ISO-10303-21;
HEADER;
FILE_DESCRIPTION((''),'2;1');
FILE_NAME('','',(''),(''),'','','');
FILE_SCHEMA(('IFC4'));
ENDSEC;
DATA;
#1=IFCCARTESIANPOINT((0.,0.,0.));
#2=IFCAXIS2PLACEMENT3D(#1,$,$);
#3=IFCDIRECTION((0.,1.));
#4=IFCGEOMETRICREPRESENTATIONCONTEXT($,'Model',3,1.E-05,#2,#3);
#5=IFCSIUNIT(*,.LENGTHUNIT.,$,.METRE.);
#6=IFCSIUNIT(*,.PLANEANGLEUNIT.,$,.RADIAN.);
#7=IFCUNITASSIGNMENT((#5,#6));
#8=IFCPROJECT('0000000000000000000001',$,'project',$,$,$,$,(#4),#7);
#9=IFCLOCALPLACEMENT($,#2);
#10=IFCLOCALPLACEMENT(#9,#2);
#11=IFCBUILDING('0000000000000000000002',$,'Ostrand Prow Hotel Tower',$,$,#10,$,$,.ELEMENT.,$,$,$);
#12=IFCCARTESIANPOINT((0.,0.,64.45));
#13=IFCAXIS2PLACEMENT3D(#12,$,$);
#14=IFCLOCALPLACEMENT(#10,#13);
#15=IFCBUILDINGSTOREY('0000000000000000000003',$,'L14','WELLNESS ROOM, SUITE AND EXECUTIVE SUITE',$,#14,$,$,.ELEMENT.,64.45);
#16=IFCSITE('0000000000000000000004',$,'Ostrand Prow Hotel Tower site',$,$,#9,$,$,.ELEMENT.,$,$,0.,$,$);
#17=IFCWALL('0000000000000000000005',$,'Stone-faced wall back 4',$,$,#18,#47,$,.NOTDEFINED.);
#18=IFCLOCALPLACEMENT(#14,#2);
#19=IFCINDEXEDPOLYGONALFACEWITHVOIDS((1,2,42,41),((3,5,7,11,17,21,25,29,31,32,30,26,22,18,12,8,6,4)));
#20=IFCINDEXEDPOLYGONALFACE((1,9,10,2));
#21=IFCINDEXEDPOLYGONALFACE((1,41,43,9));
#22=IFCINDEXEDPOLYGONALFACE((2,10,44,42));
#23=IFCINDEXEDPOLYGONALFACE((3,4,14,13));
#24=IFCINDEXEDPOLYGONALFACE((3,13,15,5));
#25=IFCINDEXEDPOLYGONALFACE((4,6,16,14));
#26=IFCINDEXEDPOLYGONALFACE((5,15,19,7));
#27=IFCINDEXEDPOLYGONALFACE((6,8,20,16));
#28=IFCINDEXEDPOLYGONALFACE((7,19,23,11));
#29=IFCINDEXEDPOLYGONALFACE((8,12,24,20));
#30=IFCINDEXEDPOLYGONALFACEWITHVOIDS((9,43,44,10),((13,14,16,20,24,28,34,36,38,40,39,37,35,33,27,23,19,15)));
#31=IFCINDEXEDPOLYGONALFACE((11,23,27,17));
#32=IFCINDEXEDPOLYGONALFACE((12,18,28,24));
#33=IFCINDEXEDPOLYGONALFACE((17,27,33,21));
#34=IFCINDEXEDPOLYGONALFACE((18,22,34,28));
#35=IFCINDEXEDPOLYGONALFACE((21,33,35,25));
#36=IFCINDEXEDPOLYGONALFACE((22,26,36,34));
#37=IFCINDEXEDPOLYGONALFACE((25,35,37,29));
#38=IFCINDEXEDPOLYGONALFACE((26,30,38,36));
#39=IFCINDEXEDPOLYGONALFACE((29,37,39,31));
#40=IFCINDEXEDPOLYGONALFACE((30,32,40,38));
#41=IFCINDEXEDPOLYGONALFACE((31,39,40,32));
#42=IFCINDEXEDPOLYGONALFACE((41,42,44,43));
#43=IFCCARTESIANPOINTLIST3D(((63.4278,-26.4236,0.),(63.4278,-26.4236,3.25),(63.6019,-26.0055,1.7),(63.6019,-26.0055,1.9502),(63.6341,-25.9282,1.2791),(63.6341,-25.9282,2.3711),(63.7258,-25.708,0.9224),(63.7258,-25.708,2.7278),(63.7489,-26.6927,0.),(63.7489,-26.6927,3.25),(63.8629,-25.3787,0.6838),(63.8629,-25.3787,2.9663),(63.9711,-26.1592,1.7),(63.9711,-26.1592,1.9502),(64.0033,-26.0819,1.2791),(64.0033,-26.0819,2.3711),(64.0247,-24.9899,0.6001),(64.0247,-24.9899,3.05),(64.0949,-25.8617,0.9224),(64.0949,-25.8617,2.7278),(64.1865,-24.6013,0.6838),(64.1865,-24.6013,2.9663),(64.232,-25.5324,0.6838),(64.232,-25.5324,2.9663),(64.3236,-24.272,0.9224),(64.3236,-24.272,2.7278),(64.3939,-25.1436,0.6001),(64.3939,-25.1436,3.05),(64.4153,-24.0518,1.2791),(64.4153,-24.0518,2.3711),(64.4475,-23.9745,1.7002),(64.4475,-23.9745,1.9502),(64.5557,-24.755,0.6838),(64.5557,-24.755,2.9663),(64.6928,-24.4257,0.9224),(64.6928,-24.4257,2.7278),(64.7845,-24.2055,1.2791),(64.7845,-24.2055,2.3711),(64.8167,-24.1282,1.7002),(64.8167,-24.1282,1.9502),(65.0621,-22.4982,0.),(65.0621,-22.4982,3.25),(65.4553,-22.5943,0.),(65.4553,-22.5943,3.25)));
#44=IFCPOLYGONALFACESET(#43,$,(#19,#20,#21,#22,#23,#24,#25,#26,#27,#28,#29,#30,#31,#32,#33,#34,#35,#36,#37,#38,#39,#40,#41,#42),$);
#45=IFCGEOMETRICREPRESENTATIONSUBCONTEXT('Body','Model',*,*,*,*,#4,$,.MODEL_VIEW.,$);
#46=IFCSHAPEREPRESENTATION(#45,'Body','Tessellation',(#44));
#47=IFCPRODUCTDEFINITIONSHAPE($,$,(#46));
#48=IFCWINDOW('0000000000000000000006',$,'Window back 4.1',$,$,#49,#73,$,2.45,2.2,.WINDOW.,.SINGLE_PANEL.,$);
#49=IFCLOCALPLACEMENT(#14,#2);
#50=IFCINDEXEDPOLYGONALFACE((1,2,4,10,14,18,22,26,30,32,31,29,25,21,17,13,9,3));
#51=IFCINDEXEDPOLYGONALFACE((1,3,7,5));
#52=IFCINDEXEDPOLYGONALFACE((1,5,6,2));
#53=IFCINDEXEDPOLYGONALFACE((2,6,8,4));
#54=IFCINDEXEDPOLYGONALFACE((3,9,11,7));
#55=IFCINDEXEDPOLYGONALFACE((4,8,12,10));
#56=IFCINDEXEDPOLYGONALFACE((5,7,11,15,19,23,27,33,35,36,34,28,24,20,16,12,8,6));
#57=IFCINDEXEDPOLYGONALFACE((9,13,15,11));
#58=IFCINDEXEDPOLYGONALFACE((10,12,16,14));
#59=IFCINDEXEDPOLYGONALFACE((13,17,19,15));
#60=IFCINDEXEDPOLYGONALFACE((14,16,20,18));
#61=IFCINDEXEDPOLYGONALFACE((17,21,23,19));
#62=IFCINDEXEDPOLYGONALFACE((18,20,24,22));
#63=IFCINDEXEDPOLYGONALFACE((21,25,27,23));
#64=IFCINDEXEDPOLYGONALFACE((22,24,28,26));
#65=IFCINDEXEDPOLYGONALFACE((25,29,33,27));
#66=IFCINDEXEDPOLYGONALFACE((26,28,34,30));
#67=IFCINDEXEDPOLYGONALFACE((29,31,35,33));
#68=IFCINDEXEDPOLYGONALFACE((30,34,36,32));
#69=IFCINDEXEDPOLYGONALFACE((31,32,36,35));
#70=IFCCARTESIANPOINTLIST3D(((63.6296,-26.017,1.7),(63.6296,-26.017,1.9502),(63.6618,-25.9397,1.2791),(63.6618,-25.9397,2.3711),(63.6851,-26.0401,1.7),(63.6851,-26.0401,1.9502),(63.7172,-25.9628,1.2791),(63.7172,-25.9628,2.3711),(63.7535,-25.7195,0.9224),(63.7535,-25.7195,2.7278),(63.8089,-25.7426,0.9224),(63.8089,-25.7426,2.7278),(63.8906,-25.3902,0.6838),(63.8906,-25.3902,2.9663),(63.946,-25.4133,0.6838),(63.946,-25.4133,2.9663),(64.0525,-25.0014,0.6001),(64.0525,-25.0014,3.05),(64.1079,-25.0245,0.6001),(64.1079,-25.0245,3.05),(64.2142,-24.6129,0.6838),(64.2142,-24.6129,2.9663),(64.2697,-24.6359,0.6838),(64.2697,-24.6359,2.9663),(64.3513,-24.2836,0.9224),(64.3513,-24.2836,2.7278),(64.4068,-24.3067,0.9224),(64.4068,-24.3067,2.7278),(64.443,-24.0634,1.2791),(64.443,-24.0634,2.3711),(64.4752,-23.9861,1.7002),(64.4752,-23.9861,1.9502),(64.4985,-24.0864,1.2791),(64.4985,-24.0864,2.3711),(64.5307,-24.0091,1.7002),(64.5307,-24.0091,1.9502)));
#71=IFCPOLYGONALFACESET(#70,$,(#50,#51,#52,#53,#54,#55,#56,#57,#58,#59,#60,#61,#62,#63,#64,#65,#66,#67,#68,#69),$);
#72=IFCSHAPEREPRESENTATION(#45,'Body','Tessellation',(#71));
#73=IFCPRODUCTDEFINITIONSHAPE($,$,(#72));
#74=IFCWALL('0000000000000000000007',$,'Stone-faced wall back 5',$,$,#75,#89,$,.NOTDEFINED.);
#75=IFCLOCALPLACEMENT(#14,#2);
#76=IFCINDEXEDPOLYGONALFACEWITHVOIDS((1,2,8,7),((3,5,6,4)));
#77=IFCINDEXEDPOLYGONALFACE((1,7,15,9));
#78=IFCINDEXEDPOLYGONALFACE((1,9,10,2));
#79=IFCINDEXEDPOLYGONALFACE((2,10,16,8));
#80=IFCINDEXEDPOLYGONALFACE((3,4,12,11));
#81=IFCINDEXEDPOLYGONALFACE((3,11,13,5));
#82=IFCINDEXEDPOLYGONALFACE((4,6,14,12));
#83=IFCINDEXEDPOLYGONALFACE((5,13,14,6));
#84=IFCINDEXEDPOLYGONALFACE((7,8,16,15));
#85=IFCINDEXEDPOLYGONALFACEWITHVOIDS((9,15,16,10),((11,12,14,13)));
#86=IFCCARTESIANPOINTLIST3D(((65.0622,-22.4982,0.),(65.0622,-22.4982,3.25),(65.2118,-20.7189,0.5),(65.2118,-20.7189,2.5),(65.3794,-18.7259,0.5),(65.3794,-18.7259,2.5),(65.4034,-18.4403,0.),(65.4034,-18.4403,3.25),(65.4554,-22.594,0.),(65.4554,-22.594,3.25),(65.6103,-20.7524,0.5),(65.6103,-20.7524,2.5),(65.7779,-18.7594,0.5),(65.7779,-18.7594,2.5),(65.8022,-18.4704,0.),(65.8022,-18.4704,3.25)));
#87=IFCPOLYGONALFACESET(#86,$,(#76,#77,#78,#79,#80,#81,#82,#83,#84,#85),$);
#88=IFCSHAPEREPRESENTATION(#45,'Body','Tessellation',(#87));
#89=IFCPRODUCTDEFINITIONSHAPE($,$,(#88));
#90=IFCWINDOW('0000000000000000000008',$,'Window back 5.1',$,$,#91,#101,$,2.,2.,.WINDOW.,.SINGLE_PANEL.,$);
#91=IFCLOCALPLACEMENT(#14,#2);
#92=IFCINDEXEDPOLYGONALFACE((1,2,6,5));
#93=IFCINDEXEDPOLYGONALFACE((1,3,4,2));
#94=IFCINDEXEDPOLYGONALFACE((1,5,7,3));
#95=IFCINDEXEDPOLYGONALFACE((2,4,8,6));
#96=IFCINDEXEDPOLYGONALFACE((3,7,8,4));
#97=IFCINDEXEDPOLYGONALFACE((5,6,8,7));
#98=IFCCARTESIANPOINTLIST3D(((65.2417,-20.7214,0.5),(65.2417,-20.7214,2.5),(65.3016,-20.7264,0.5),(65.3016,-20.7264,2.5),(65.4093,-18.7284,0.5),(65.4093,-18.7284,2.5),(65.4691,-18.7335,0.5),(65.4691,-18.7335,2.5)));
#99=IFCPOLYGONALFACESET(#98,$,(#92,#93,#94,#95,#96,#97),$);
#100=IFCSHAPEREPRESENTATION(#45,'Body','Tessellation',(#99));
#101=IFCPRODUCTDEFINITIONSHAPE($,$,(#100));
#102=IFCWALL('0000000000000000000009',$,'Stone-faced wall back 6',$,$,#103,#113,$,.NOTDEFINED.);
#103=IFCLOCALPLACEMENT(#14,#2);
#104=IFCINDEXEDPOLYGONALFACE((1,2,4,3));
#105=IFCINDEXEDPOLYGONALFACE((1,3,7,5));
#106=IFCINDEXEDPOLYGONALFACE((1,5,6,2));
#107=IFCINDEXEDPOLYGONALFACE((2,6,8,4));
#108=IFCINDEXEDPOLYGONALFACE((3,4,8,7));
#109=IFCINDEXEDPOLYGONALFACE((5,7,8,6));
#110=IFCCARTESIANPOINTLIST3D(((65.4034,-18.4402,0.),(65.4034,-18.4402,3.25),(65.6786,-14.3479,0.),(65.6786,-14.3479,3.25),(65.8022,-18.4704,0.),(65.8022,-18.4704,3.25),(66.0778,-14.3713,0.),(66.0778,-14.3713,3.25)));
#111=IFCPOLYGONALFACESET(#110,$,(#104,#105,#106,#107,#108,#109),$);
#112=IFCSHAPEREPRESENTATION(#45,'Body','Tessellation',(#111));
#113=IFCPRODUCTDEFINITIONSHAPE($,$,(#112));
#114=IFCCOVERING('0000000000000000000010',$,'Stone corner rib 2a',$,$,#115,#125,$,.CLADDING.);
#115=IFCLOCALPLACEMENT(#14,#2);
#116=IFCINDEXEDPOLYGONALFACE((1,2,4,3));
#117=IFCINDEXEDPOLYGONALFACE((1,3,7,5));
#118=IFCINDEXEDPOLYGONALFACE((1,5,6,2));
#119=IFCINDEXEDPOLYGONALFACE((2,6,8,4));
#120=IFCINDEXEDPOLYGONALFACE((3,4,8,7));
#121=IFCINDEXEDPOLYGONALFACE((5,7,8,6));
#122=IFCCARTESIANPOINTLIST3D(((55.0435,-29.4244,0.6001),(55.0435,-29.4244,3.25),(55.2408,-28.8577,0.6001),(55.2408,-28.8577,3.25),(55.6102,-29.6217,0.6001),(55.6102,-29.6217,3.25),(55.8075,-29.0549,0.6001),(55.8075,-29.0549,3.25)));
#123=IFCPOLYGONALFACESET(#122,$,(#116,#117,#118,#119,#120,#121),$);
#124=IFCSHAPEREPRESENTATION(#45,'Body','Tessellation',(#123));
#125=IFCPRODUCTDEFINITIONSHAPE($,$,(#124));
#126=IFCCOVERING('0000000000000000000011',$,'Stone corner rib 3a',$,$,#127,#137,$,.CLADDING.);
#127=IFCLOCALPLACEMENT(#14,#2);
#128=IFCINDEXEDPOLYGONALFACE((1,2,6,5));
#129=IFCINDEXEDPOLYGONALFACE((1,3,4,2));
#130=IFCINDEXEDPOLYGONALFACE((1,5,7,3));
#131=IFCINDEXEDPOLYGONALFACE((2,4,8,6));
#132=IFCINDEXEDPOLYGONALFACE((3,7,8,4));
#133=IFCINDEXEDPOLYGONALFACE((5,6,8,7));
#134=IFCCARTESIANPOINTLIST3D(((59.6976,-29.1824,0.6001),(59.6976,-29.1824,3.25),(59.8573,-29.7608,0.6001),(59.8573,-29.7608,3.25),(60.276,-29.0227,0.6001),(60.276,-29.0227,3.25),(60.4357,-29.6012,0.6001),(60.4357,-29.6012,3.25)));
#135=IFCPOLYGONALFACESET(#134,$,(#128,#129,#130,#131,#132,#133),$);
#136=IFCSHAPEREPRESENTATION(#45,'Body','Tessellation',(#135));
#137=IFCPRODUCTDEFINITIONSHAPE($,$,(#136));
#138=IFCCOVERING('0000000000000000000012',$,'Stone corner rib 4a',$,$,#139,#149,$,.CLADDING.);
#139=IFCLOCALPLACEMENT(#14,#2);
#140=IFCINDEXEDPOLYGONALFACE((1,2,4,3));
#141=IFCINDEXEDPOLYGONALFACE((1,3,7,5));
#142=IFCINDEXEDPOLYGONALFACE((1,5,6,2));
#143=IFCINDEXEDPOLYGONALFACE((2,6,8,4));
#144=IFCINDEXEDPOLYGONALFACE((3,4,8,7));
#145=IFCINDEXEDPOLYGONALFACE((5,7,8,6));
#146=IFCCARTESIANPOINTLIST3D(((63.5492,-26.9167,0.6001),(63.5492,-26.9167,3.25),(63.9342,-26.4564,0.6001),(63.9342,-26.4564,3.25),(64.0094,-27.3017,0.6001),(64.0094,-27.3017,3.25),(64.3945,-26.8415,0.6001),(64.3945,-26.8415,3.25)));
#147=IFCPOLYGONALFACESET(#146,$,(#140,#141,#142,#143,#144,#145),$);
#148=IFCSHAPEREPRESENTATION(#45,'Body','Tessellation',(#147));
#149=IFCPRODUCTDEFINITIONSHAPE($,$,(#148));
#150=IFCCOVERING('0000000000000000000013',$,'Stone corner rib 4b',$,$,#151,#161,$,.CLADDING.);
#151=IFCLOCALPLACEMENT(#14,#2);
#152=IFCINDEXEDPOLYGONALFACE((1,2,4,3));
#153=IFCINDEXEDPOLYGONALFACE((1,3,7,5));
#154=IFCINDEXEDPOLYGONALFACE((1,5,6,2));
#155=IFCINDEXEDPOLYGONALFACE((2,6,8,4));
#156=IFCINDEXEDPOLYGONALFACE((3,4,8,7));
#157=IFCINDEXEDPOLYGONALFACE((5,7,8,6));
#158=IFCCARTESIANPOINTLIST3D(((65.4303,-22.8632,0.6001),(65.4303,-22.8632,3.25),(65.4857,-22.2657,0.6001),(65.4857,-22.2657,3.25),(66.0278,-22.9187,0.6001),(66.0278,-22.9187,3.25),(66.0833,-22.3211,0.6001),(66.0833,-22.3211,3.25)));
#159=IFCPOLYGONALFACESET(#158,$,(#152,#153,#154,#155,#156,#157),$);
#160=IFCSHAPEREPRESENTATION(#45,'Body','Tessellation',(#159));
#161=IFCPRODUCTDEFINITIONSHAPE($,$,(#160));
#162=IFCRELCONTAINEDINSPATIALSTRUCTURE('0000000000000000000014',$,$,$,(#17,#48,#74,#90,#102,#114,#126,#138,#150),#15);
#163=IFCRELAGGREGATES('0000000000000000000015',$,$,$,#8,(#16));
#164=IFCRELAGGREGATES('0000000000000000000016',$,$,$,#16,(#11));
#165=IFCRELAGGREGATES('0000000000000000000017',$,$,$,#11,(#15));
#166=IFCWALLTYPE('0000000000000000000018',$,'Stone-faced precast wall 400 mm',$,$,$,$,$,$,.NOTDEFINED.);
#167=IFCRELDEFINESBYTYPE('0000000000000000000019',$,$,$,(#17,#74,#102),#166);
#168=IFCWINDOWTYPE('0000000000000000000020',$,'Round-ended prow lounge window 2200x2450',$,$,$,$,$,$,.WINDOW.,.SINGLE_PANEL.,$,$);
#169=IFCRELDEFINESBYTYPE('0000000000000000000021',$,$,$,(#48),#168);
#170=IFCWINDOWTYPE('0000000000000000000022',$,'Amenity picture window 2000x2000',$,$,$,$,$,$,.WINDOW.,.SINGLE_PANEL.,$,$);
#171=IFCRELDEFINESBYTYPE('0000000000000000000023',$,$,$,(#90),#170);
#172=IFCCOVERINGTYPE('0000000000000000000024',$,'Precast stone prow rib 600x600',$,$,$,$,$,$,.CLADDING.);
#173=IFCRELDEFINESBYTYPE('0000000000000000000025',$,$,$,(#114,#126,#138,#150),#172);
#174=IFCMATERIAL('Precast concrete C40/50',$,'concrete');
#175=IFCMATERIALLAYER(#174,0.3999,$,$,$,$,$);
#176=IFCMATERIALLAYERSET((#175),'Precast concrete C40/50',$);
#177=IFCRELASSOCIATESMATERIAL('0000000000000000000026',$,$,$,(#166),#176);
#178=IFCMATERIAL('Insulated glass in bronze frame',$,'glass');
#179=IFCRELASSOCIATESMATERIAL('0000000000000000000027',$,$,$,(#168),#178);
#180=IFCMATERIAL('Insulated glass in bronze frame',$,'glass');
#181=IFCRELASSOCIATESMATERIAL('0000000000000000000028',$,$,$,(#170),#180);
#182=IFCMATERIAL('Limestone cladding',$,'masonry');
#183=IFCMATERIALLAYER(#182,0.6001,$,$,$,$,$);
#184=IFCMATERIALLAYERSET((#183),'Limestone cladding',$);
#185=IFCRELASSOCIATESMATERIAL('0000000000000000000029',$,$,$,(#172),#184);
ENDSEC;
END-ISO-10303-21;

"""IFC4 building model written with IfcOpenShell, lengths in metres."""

from ifc_helpers import new_model, si_unit, direction, frame, frame_2d, origin, place, context, subcontext, project, spatial, polyline, rectangle, outline, extrude, material, layer, layer_set, type_object, element, fill, save


model = new_model("IFC4")

# Units and contexts
model_context = context("Model", 3, precision=1e-05, world=origin(), true_north=direction((0.0, 1.0)))
body_context = subcontext(model_context, "Body", "Model", "MODEL_VIEW")
ifc_project = project(units=[si_unit("LENGTHUNIT", "METRE"), si_unit("PLANEANGLEUNIT", "RADIAN")], contexts=[model_context])

# Site, building, storey
site_placement = place(None, origin())
site = spatial("IfcSite", under=ifc_project, at=site_placement, Name="Ostrand Prow Hotel Tower site", CompositionType="ELEMENT", RefElevation=0.0)
building_placement = place(site_placement, origin())
building = spatial("IfcBuilding", under=site, at=building_placement, Name="Ostrand Prow Hotel Tower", CompositionType="ELEMENT")
storey_placement = place(building_placement, frame((0.0, 0.0, 64.45)))
storey = spatial("IfcBuildingStorey", under=building, at=storey_placement, Name="L14", Description="WELLNESS ROOM, SUITE AND EXECUTIVE SUITE", CompositionType="ELEMENT", Elevation=64.45)

# Walls, openings, windows
ifc_material_1 = material(Name="Precast concrete C40/50", Category="concrete")
ifc_layer_1 = layer(ifc_material_1, 0.3999)
ifc_layer_set_1 = layer_set([ifc_layer_1], Name="Precast concrete C40/50")
wall_type_1 = type_object("IfcWallType", Name="Stone-faced precast wall 400 mm", PredefinedType="NOTDEFINED", material=ifc_layer_set_1)
ifc_material_2 = material(Name="Insulated glass in bronze frame", Category="glass")
window_type_1 = type_object("IfcWindowType", Name="Round-ended prow lounge window 2200x2450", PartitioningType="SINGLE_PANEL", PredefinedType="WINDOW", material=ifc_material_2)
wall_1_placement = place(storey_placement, frame((63.5884, -26.5581, 0.0), z_axis=(0.0, 0.0, 1.0), x_axis=(0.384372, 0.923178, 0.0)))
wall_1 = element("IfcWall", 1, at=wall_1_placement, inside=storey, type_object=wall_type_1, Name="Stone-faced wall back 4", PredefinedType="NOTDEFINED", context=body_context, shape_type="SweptSolid", body=[
    extrude(outline(polyline([(-0.0625, -0.2), (4.377, -0.2), (4.3145, 0.2), (0.0625, 0.2), (-0.0625, -0.2)])), origin(), (0.0, 0.0, 1.0), 3.25),
])
opening_1_placement = place(wall_1_placement, frame((0.5154, 0.0, 0.6001)))
opening_1 = element("IfcOpeningElement", 2, at=opening_1_placement, cuts=wall_1, PredefinedType="OPENING", context=body_context, shape_type="SweptSolid", body=[
    extrude(outline(polyline([(0.0, 1.3501), (0.0837, 1.771), (0.3223, 2.1277), (0.679, 2.3662), (1.1001, 2.45), (1.521, 2.3662), (1.8777, 2.1277), (2.1162, 1.771), (2.2, 1.3501), (2.2, 1.1001), (2.1162, 0.679), (1.8777, 0.3223), (1.521, 0.0837), (1.1001, 0.0), (0.679, 0.0837), (0.3223, 0.3223), (0.0837, 0.679), (0.0, 1.0999), (0.0, 1.3501)])), frame((0.0, 0.21, 0.0), z_axis=(0.0, -1.0, 0.0), x_axis=(1.0, 0.0, 0.0)), (0.0, 0.0, 1.0), 0.4199),
])
window_1_placement = place(opening_1_placement, origin())
window_1 = element("IfcWindow", 3, at=window_1_placement, inside=storey, type_object=window_type_1, Name="Window back 4.1", OverallHeight=2.45, OverallWidth=2.2, PartitioningType="SINGLE_PANEL", PredefinedType="WINDOW", context=body_context, shape_type="SweptSolid", body=[
    extrude(outline(polyline([(0.0, 1.3501), (0.0837, 1.771), (0.3223, 2.1277), (0.679, 2.3662), (1.1001, 2.45), (1.521, 2.3662), (1.8777, 2.1277), (2.1162, 1.771), (2.2, 1.3501), (2.2, 1.1001), (2.1162, 0.679), (1.8777, 0.3223), (1.521, 0.0837), (1.1001, 0.0), (0.679, 0.0837), (0.3223, 0.3223), (0.0837, 0.679), (0.0, 1.0999), (0.0, 1.3501)])), frame((0.0, 0.1699, 0.0), z_axis=(0.0, -1.0, 0.0), x_axis=(1.0, 0.0, 0.0)), (0.0, 0.0, 1.0), 0.0601),
])
fill(opening_1, window_1)
wall_2_placement = place(storey_placement, frame((65.2588, -22.5461, 0.0), z_axis=(0.0, 0.0, 1.0), x_axis=(0.083794, 0.996483, 0.0)))
wall_2 = element("IfcWall", 4, at=wall_2_placement, inside=storey, type_object=wall_type_1, Name="Stone-faced wall back 5", PredefinedType="NOTDEFINED", context=body_context, shape_type="SweptSolid", body=[
    extrude(outline(polyline([(-0.0312, -0.2), (4.1069, -0.2), (4.1035, 0.2), (0.0312, 0.2), (-0.0312, -0.2)])), origin(), (0.0, 0.0, 1.0), 3.25),
])
opening_2_placement = place(wall_2_placement, frame((1.8169, 0.0, 0.5)))
opening_2 = element("IfcOpeningElement", 5, at=opening_2_placement, cuts=wall_2, PredefinedType="OPENING", context=body_context, shape_type="SweptSolid", body=[
    extrude(rectangle(XDim=2.0, YDim=2.0, at=frame_2d((1.0, 1.0))), frame((0.0, 0.21, 0.0), z_axis=(0.0, -1.0, 0.0), x_axis=(1.0, 0.0, 0.0)), (0.0, 0.0, 1.0), 0.4199),
])
ifc_material_3 = material(Name="Insulated glass in bronze frame", Category="glass")
window_type_2 = type_object("IfcWindowType", Name="Amenity picture window 2000x2000", PartitioningType="SINGLE_PANEL", PredefinedType="WINDOW", material=ifc_material_3)
window_2_placement = place(opening_2_placement, origin())
window_2 = element("IfcWindow", 6, at=window_2_placement, inside=storey, type_object=window_type_2, Name="Window back 5.1", OverallHeight=2.0, OverallWidth=2.0, PartitioningType="SINGLE_PANEL", PredefinedType="WINDOW", context=body_context, shape_type="SweptSolid", body=[
    extrude(rectangle(XDim=2.0, YDim=2.0, at=frame_2d((1.0, 1.0))), frame((0.0, 0.1699, 0.0), z_axis=(0.0, -1.0, 0.0), x_axis=(1.0, 0.0, 0.0)), (0.0, 0.0, 1.0), 0.0601),
])
fill(opening_2, window_2)

# Wall
wall_3_placement = place(storey_placement, frame((65.6028, -18.4553, 0.0), z_axis=(0.0, 0.0, 1.0), x_axis=(0.067087, 0.997747, 0.0)))
element("IfcWall", 7, at=wall_3_placement, inside=storey, type_object=wall_type_1, Name="Stone-faced wall back 6", PredefinedType="NOTDEFINED", context=body_context, shape_type="SweptSolid", body=[
    extrude(outline(polyline([(-0.0017, -0.2), (4.1067, -0.2), (4.1033, 0.2), (0.0017, 0.2), (-0.0017, -0.2)])), origin(), (0.0, 0.0, 1.0), 3.25),
])

# Coverings
ifc_material_4 = material(Name="Limestone cladding", Category="masonry")
ifc_layer_2 = layer(ifc_material_4, 0.6001)
ifc_layer_set_2 = layer_set([ifc_layer_2], Name="Limestone cladding")
covering_type = type_object("IfcCoveringType", Name="Precast stone prow rib 600x600", PredefinedType="CLADDING", material=ifc_layer_set_2)
for number, where, z_axis, x_axis, name in (
    (8, (55.5242, -28.9563, 0.6001), (0.0, 0.0, 1.0), (-0.328773, -0.944409, 0.0), "Stone corner rib 2a"),
    (9, (59.9868, -29.1025, 0.6001), (0.0, 0.0, 1.0), (0.266112, -0.963942, 0.0), "Stone corner rib 3a"),
    (10, (63.7417, -26.6865, 0.6001), (0.0, 0.0, 1.0), (0.766986, -0.641664, 0.0), "Stone corner rib 4a"),
    (11, (65.458, -22.5645, 0.6001), (0.0, 0.0, 1.0), (0.995725, -0.09237, 0.0), "Stone corner rib 4b"),
):
    element("IfcCovering", number, at=place(storey_placement, frame(where, z_axis=z_axis, x_axis=x_axis)), inside=storey, type_object=covering_type, Name=name, PredefinedType="CLADDING", context=body_context, shape_type="SweptSolid", body=[
        extrude(rectangle(XDim=0.6001, YDim=0.6001, at=frame_2d((0.3, 0.0))), origin(), (0.0, 0.0, 1.0), 2.6499),
    ])

save(model, "model.ifc")
